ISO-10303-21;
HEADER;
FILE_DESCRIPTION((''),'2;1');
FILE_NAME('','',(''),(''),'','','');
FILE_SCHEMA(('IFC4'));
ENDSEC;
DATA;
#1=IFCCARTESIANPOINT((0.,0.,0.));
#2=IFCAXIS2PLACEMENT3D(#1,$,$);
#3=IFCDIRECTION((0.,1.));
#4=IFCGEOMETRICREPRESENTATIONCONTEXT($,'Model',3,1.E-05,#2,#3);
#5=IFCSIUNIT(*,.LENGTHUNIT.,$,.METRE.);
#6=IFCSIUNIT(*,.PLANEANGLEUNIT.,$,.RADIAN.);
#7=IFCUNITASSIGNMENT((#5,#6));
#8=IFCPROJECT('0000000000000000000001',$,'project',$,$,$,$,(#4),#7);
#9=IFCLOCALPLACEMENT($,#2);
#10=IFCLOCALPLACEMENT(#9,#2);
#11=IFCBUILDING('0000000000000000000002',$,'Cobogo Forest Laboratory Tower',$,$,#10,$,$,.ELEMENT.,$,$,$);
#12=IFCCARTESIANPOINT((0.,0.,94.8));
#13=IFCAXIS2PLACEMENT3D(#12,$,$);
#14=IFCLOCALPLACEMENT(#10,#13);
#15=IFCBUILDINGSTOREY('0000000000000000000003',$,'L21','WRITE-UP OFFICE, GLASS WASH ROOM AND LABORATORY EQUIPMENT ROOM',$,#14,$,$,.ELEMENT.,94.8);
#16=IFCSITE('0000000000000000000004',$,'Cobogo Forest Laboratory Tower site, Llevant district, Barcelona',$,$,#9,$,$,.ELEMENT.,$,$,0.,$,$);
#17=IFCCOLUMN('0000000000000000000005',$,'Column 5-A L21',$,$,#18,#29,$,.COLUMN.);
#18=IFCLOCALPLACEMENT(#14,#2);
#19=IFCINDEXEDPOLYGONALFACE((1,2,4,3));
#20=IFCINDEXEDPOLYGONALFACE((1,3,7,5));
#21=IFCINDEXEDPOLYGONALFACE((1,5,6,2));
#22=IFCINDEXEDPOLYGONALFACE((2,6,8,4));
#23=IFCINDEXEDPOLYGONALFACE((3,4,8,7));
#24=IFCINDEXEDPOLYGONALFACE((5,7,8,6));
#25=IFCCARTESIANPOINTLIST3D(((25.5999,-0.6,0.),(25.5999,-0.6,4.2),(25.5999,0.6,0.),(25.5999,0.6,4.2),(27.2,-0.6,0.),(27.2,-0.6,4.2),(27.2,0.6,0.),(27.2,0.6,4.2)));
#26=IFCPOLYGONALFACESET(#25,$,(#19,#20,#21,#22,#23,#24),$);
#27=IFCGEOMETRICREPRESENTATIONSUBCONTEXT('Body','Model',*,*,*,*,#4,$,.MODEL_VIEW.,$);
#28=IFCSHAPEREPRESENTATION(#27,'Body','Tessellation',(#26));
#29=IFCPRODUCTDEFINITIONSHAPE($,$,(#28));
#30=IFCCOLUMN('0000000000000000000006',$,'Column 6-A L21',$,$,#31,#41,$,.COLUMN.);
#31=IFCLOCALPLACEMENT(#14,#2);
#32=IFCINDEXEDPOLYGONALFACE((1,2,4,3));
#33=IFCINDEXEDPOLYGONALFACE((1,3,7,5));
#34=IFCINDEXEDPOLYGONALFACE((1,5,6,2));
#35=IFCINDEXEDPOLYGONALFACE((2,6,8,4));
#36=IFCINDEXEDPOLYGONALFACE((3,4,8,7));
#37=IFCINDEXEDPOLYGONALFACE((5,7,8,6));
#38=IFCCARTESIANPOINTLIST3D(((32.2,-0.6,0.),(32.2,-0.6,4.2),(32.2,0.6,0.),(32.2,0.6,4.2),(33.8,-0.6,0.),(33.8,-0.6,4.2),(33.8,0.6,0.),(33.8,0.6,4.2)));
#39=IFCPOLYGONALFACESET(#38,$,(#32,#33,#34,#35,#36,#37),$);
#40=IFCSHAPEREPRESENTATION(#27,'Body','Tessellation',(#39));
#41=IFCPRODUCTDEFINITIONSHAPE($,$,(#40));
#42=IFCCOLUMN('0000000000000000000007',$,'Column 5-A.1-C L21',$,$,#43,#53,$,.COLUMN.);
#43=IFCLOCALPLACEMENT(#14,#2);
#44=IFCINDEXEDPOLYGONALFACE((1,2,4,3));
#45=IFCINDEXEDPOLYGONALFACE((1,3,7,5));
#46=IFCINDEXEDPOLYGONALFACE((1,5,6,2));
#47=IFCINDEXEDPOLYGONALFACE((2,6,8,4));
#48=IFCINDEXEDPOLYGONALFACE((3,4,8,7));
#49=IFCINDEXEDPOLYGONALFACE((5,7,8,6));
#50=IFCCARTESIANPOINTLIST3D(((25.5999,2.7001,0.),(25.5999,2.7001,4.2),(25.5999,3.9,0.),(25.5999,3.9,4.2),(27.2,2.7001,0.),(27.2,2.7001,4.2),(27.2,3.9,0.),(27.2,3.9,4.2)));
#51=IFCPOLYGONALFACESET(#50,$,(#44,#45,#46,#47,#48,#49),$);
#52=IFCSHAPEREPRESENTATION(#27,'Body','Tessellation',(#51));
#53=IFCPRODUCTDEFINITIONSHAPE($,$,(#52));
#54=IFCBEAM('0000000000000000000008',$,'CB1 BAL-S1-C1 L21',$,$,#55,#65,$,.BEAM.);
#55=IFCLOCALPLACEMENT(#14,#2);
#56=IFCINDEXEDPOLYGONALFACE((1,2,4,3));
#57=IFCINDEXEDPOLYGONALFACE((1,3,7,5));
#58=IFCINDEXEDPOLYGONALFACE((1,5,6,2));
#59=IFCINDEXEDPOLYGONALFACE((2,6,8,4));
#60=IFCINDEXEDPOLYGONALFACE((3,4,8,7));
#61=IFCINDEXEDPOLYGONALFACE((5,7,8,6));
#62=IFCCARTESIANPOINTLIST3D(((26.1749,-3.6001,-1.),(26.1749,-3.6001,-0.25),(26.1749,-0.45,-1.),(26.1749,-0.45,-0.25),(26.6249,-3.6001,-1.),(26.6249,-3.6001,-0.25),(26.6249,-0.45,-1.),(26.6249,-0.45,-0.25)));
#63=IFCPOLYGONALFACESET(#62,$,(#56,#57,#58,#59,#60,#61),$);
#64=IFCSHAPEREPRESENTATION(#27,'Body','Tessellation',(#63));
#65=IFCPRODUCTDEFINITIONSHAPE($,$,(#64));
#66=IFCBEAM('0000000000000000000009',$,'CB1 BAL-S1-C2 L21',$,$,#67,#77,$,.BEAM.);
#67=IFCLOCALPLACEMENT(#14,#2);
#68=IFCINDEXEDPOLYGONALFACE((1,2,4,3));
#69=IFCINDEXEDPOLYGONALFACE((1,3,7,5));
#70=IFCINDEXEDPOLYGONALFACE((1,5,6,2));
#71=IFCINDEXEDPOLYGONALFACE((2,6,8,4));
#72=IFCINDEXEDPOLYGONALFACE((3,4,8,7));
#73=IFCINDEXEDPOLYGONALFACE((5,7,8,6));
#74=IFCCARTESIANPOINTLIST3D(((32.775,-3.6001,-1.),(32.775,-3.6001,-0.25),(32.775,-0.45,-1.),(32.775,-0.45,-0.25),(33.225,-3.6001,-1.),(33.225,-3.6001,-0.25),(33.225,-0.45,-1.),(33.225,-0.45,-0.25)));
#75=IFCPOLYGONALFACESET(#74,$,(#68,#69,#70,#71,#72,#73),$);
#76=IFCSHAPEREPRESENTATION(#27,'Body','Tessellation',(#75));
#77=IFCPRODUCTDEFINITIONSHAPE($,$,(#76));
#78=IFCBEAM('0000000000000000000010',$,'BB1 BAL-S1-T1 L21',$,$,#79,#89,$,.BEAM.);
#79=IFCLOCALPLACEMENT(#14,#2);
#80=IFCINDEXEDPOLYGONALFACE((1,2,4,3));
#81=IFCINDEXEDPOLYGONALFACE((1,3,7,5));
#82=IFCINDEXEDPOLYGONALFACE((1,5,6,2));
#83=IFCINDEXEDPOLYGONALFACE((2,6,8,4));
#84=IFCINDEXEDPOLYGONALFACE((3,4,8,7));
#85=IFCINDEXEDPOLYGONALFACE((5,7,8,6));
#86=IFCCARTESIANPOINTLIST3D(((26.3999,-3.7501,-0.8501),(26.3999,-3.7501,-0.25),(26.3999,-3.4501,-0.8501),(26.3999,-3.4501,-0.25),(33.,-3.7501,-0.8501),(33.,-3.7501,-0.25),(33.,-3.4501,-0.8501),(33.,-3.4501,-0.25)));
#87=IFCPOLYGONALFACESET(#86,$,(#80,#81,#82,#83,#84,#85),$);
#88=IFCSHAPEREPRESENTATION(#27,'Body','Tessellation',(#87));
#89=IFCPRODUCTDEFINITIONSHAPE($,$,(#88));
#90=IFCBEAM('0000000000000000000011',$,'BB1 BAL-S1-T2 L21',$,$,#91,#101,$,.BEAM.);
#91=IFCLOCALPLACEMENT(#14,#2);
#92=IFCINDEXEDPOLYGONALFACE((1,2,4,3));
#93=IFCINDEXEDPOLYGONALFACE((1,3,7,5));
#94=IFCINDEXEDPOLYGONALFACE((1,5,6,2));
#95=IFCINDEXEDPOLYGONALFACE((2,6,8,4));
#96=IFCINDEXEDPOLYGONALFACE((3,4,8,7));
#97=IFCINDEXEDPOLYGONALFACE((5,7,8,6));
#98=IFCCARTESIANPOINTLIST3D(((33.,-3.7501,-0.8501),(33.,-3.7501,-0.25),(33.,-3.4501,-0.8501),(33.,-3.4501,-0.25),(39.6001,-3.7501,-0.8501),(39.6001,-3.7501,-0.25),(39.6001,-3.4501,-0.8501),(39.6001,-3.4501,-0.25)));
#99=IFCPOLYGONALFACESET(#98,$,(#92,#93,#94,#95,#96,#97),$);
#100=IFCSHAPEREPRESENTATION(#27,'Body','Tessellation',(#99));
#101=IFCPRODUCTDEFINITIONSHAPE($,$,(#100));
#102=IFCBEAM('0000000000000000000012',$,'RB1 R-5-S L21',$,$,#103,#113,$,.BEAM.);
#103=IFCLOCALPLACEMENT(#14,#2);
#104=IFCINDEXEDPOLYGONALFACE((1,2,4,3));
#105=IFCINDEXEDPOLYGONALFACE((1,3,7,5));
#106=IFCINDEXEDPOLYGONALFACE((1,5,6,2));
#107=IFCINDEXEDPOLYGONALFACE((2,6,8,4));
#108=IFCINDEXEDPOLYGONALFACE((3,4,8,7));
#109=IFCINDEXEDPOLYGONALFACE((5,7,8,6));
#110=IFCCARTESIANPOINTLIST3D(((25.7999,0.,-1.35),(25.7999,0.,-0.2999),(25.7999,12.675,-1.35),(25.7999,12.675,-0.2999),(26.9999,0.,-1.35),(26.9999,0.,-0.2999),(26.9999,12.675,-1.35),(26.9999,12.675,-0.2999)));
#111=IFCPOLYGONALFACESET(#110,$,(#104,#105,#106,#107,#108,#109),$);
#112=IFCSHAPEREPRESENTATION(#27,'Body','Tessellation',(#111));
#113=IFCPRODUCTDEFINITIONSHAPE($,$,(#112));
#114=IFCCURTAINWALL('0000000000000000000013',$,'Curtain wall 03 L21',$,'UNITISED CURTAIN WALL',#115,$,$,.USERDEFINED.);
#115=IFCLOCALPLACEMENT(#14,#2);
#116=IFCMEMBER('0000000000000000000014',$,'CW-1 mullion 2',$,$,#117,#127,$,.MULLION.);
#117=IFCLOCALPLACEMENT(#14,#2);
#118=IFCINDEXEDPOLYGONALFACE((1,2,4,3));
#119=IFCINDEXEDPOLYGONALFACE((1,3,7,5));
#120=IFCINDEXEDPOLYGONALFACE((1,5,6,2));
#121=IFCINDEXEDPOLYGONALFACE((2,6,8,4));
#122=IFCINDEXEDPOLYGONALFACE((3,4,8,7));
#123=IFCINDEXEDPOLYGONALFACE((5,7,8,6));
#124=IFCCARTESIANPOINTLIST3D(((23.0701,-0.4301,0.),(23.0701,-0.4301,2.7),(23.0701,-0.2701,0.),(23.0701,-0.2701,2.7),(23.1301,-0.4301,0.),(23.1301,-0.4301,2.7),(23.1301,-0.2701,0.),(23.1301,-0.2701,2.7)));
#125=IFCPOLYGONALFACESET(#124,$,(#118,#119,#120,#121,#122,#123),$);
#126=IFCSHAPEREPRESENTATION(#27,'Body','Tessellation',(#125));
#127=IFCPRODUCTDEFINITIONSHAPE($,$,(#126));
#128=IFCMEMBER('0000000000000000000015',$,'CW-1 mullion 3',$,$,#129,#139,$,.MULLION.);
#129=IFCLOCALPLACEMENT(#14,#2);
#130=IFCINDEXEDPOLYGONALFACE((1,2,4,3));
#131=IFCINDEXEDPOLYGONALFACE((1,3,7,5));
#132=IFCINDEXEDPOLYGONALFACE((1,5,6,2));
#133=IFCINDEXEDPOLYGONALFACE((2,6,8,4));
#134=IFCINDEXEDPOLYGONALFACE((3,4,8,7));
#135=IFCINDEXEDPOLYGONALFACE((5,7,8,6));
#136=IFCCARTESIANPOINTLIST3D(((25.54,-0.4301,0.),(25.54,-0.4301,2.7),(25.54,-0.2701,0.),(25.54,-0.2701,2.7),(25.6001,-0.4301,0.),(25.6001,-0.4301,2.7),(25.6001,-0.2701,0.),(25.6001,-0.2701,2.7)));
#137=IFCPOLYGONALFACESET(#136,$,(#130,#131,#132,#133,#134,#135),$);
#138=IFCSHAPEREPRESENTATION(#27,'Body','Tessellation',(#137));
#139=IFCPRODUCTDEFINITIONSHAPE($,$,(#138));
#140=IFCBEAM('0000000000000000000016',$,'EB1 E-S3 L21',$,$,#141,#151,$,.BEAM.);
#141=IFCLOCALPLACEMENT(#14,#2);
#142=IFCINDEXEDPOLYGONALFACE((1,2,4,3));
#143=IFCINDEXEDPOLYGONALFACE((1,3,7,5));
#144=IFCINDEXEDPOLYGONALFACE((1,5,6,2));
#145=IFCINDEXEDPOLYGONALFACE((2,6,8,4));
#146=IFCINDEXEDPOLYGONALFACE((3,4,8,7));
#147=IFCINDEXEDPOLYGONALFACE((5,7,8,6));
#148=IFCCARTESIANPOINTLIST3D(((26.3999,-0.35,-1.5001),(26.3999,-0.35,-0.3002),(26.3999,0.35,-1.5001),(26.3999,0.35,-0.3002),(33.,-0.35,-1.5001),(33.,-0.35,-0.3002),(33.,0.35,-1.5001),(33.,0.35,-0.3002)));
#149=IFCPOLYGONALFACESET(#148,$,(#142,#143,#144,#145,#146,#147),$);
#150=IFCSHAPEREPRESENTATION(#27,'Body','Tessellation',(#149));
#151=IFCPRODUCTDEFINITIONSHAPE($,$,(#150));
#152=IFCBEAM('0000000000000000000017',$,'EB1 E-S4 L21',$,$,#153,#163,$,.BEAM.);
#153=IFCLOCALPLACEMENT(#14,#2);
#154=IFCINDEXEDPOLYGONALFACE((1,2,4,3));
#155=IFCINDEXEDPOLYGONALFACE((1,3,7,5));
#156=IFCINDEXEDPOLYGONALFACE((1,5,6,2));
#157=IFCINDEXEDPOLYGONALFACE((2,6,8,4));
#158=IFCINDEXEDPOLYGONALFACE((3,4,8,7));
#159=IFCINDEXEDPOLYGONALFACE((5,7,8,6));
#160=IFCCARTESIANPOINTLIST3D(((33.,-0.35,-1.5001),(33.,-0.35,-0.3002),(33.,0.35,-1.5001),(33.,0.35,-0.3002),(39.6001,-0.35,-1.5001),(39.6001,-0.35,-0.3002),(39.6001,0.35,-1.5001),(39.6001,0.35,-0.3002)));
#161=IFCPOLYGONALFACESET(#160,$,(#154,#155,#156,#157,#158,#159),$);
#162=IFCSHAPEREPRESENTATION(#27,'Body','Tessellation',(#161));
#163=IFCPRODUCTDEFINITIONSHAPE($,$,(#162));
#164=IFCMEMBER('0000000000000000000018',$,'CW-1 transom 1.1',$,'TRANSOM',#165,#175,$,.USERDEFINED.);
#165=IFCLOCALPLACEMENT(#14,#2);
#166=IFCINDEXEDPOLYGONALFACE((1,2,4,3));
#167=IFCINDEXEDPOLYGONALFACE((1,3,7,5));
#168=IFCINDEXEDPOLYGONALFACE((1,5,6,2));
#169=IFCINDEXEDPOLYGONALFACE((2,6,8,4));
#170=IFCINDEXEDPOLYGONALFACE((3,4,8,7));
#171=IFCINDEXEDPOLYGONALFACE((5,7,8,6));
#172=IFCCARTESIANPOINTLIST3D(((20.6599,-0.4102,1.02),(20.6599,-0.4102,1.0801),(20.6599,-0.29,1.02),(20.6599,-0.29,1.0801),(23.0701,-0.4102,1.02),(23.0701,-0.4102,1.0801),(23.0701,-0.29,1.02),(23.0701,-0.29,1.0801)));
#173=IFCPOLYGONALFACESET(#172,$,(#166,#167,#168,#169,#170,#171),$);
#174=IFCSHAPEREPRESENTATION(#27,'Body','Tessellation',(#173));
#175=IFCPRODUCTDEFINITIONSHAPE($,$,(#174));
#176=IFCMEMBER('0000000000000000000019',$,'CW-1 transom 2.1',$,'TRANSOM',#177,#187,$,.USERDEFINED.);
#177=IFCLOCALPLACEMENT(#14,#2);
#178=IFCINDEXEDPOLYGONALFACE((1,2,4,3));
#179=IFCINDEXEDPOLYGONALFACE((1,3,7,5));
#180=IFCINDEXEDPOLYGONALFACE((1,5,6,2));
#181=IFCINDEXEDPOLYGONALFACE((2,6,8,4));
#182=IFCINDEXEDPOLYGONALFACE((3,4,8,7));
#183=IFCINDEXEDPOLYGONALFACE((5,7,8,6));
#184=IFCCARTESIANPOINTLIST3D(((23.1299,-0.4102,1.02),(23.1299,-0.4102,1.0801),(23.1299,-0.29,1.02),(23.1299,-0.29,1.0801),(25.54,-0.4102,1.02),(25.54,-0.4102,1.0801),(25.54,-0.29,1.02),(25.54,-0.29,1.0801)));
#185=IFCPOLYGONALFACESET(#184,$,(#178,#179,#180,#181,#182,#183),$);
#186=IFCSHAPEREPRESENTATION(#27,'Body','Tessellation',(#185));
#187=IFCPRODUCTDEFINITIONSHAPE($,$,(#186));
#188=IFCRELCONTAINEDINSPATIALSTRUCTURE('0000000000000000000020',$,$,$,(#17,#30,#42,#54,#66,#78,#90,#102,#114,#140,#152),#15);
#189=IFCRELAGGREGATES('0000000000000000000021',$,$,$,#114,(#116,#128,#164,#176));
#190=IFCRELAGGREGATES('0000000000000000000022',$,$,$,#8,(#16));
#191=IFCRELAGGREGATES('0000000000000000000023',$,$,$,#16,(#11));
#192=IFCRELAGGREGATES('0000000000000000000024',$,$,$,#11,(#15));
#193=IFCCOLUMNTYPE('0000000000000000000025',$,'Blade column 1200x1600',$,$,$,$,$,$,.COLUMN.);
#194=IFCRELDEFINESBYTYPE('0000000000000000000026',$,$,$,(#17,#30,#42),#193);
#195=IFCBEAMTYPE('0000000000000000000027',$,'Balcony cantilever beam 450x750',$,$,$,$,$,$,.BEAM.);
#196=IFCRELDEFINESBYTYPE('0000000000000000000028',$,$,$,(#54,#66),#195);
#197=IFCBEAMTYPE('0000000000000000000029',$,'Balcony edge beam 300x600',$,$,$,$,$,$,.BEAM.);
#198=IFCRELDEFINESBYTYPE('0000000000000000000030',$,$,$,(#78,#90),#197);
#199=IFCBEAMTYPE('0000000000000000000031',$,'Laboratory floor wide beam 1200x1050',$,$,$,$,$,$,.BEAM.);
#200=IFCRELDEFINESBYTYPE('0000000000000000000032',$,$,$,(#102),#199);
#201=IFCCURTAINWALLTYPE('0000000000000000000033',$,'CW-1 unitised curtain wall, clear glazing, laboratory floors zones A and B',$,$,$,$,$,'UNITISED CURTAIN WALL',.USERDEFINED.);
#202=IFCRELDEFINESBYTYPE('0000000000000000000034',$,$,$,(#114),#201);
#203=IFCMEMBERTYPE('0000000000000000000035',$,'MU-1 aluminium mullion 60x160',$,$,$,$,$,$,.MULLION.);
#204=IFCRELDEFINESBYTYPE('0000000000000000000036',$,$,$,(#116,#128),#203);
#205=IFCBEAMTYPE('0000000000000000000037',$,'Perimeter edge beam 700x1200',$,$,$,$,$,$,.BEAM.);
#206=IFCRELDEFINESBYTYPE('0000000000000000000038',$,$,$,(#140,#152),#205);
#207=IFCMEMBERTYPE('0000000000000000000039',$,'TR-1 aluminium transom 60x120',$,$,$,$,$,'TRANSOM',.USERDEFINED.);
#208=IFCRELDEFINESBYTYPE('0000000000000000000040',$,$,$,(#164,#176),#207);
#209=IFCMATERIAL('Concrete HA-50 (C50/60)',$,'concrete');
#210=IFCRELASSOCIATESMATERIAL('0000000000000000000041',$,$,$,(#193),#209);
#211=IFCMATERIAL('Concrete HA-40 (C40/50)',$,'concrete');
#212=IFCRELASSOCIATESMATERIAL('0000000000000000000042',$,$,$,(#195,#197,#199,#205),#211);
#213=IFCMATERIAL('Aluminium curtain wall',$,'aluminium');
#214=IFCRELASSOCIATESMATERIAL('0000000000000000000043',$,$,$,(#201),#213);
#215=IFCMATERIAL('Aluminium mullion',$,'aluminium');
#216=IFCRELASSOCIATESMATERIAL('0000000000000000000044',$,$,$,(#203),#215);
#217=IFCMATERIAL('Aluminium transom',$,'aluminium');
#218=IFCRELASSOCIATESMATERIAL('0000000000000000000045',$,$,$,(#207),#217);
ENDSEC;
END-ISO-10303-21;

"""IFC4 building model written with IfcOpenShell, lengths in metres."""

from ifc_helpers import new_model, si_unit, direction, frame, origin, origin_2d, place, context, subcontext, project, spatial, rectangle, extrude, material, material_profile, profile_set, type_object, element, aggregate, save


model = new_model("IFC4")

# Units and contexts
model_context = context("Model", 3, precision=1e-05, world=origin(), true_north=direction((0.0, 1.0)))
body_context = subcontext(model_context, "Body", "Model", "MODEL_VIEW")
ifc_project = project(units=[si_unit("LENGTHUNIT", "METRE"), si_unit("PLANEANGLEUNIT", "RADIAN")], contexts=[model_context])

# Site, building, storey
site_placement = place(None, origin())
site = spatial("IfcSite", under=ifc_project, at=site_placement, Name="Cobogo Forest Laboratory Tower site, Llevant district, Barcelona", CompositionType="ELEMENT", RefElevation=0.0)
building_placement = place(site_placement, origin())
building = spatial("IfcBuilding", under=site, at=building_placement, Name="Cobogo Forest Laboratory Tower", CompositionType="ELEMENT")
storey_placement = place(building_placement, frame((0.0, 0.0, 94.8)))
storey = spatial("IfcBuildingStorey", under=building, at=storey_placement, Name="L21", Description="WRITE-UP OFFICE, GLASS WASH ROOM AND LABORATORY EQUIPMENT ROOM", CompositionType="ELEMENT", Elevation=94.8)

# Columns
ifc_material_1 = material(Name="Concrete HA-50 (C50/60)", Category="concrete")
ifc_material_profile_1 = material_profile(ifc_material_1, rectangle(XDim=1.6001, YDim=1.2, at=origin_2d()), Name="RC 1200x1600")
ifc_profile_set_1 = profile_set([ifc_material_profile_1], Name="Concrete HA-50 (C50/60)")
column_type = type_object("IfcColumnType", Name="Blade column 1200x1600", PredefinedType="COLUMN", material=ifc_profile_set_1)
for number, where, z_axis, x_axis, name in (
    (1, (26.3999, 0.0, 0.0), (0.0, 0.0, 1.0), (1.0, 0.0, 0.0), "Column 5-A L21"),
    (2, (33.0, 0.0, 0.0), (0.0, 0.0, 1.0), (1.0, 0.0, 0.0), "Column 6-A L21"),
    (3, (26.3999, 3.3, 0.0), (0.0, 0.0, 1.0), (1.0, 0.0, 0.0), "Column 5-A.1-C L21"),
):
    element("IfcColumn", number, at=place(storey_placement, frame(where, z_axis=z_axis, x_axis=x_axis)), inside=storey, type_object=column_type, Name=name, PredefinedType="COLUMN", context=body_context, shape_type="SweptSolid", body=[
        extrude(rectangle(XDim=1.6001, YDim=1.2, at=origin_2d()), origin(), (0.0, 0.0, 1.0), 4.2),
    ])

# Beams
ifc_material_2 = material(Name="Concrete HA-40 (C40/50)", Category="concrete")
ifc_material_profile_2 = material_profile(ifc_material_2, rectangle(XDim=0.45, YDim=0.75, at=origin_2d()), Name="RC 450x750")
ifc_profile_set_2 = profile_set([ifc_material_profile_2], Name="Concrete HA-40 (C40/50)")
beam_type_1 = type_object("IfcBeamType", Name="Balcony cantilever beam 450x750", PredefinedType="BEAM", material=ifc_profile_set_2)
for number, where, z_axis, x_axis, name in (
    (4, (26.3999, -0.45, -0.625), (0.0, -1.0, 0.0), (1.0, 0.0, 0.0), "CB1 BAL-S1-C1 L21"),
    (5, (33.0, -0.45, -0.625), (0.0, -1.0, 0.0), (1.0, 0.0, 0.0), "CB1 BAL-S1-C2 L21"),
):
    element("IfcBeam", number, at=place(storey_placement, frame(where, z_axis=z_axis, x_axis=x_axis)), inside=storey, type_object=beam_type_1, Name=name, PredefinedType="BEAM", context=body_context, shape_type="SweptSolid", body=[
        extrude(rectangle(XDim=0.45, YDim=0.75, at=origin_2d()), origin(), (0.0, 0.0, 1.0), 3.1501),
    ])
ifc_material_profile_3 = material_profile(ifc_material_2, rectangle(XDim=0.3, YDim=0.6001, at=origin_2d()), Name="RC 300x600")
ifc_profile_set_3 = profile_set([ifc_material_profile_3], Name="Concrete HA-40 (C40/50)")
beam_type_2 = type_object("IfcBeamType", Name="Balcony edge beam 300x600", PredefinedType="BEAM", material=ifc_profile_set_3)
for number, where, z_axis, x_axis, name in (
    (6, (26.3999, -3.6001, -0.55), (1.0, 0.0, 0.0), (0.0, 1.0, 0.0), "BB1 BAL-S1-T1 L21"),
    (7, (33.0, -3.6001, -0.55), (1.0, 0.0, 0.0), (0.0, 1.0, 0.0), "BB1 BAL-S1-T2 L21"),
):
    element("IfcBeam", number, at=place(storey_placement, frame(where, z_axis=z_axis, x_axis=x_axis)), inside=storey, type_object=beam_type_2, Name=name, PredefinedType="BEAM", context=body_context, shape_type="SweptSolid", body=[
        extrude(rectangle(XDim=0.3, YDim=0.6001, at=origin_2d()), origin(), (0.0, 0.0, 1.0), 6.6001),
    ])
ifc_material_profile_4 = material_profile(ifc_material_2, rectangle(XDim=1.2, YDim=1.05, at=origin_2d()), Name="RC 1200x1050")
ifc_profile_set_4 = profile_set([ifc_material_profile_4], Name="Concrete HA-40 (C40/50)")
beam_type_3 = type_object("IfcBeamType", Name="Laboratory floor wide beam 1200x1050", PredefinedType="BEAM", material=ifc_profile_set_4)
beam_placement = place(storey_placement, frame((26.3999, 12.675, -0.825), z_axis=(0.0, -1.0, 0.0), x_axis=(1.0, 0.0, 0.0)))
element("IfcBeam", 8, at=beam_placement, inside=storey, type_object=beam_type_3, Name="RB1 R-5-S L21", PredefinedType="BEAM", context=body_context, shape_type="SweptSolid", body=[
    extrude(rectangle(XDim=1.2, YDim=1.05, at=origin_2d()), origin(), (0.0, 0.0, 1.0), 12.675),
])

# Curtain wall, members
ifc_material_3 = material(Name="Aluminium curtain wall", Category="aluminium")
curtain_wall_type = type_object("IfcCurtainWallType", Name="CW-1 unitised curtain wall, clear glazing, laboratory floors zones A and B", ElementType="UNITISED CURTAIN WALL", PredefinedType="USERDEFINED", material=ifc_material_3)
curtain_wall_placement = place(storey_placement, origin())
curtain_wall = element("IfcCurtainWall", 9, at=curtain_wall_placement, inside=storey, type_object=curtain_wall_type, Name="Curtain wall 03 L21", ObjectType="UNITISED CURTAIN WALL", PredefinedType="USERDEFINED")
ifc_material_4 = material(Name="Aluminium mullion", Category="aluminium")
ifc_material_profile_5 = material_profile(ifc_material_4, rectangle(XDim=0.0601, YDim=0.1599, at=origin_2d()), Name="AL 60x160")
ifc_profile_set_5 = profile_set([ifc_material_profile_5], Name="Aluminium mullion")
member_type_1 = type_object("IfcMemberType", Name="MU-1 aluminium mullion 60x160", PredefinedType="MULLION", material=ifc_profile_set_5)
member_1_placement = place(storey_placement, frame((23.1001, -0.3501, 0.0), z_axis=(0.0, 0.0, 1.0), x_axis=(1.0, 0.0, 0.0)))
member_1 = element("IfcMember", 10, at=member_1_placement, type_object=member_type_1, Name="CW-1 mullion 2", PredefinedType="MULLION", context=body_context, shape_type="SweptSolid", body=[
    extrude(rectangle(XDim=0.0601, YDim=0.1599, at=origin_2d()), origin(), (0.0, 0.0, 1.0), 2.7),
])
member_2_placement = place(storey_placement, frame((25.5701, -0.3501, 0.0), z_axis=(0.0, 0.0, 1.0), x_axis=(1.0, 0.0, 0.0)))
member_2 = element("IfcMember", 11, at=member_2_placement, type_object=member_type_1, Name="CW-1 mullion 3", PredefinedType="MULLION", context=body_context, shape_type="SweptSolid", body=[
    extrude(rectangle(XDim=0.0601, YDim=0.1599, at=origin_2d()), origin(), (0.0, 0.0, 1.0), 2.7),
])

# Beams
ifc_material_profile_6 = material_profile(ifc_material_2, rectangle(XDim=0.7, YDim=1.2, at=origin_2d()), Name="RC 700x1200")
ifc_profile_set_6 = profile_set([ifc_material_profile_6], Name="Concrete HA-40 (C40/50)")
beam_type_4 = type_object("IfcBeamType", Name="Perimeter edge beam 700x1200", PredefinedType="BEAM", material=ifc_profile_set_6)
for number, where, z_axis, x_axis, name in (
    (12, (26.3999, 0.0, -0.9001), (1.0, 0.0, 0.0), (0.0, 1.0, 0.0), "EB1 E-S3 L21"),
    (13, (33.0, 0.0, -0.9001), (1.0, 0.0, 0.0), (0.0, 1.0, 0.0), "EB1 E-S4 L21"),
):
    element("IfcBeam", number, at=place(storey_placement, frame(where, z_axis=z_axis, x_axis=x_axis)), inside=storey, type_object=beam_type_4, Name=name, PredefinedType="BEAM", context=body_context, shape_type="SweptSolid", body=[
        extrude(rectangle(XDim=0.7, YDim=1.2, at=origin_2d()), origin(), (0.0, 0.0, 1.0), 6.6001),
    ])

# Members
ifc_material_5 = material(Name="Aluminium transom", Category="aluminium")
ifc_material_profile_7 = material_profile(ifc_material_5, rectangle(XDim=0.1201, YDim=0.0601, at=origin_2d()), Name="AL 60x120")
ifc_profile_set_7 = profile_set([ifc_material_profile_7], Name="Aluminium transom")
member_type_2 = type_object("IfcMemberType", Name="TR-1 aluminium transom 60x120", ElementType="TRANSOM", PredefinedType="USERDEFINED", material=ifc_profile_set_7)
member_3_placement = place(storey_placement, frame((20.6599, -0.3501, 1.05), z_axis=(1.0, 0.0, 0.0), x_axis=(0.0, 1.0, 0.0)))
member_3 = element("IfcMember", 14, at=member_3_placement, type_object=member_type_2, Name="CW-1 transom 1.1", ObjectType="TRANSOM", PredefinedType="USERDEFINED", context=body_context, shape_type="SweptSolid", body=[
    extrude(rectangle(XDim=0.1201, YDim=0.0601, at=origin_2d()), origin(), (0.0, 0.0, 1.0), 2.4102),
])
member_4_placement = place(storey_placement, frame((23.1299, -0.3501, 1.05), z_axis=(1.0, 0.0, 0.0), x_axis=(0.0, 1.0, 0.0)))
member_4 = element("IfcMember", 15, at=member_4_placement, type_object=member_type_2, Name="CW-1 transom 2.1", ObjectType="TRANSOM", PredefinedType="USERDEFINED", context=body_context, shape_type="SweptSolid", body=[
    extrude(rectangle(XDim=0.1201, YDim=0.0601, at=origin_2d()), origin(), (0.0, 0.0, 1.0), 2.4102),
])

aggregate(curtain_wall, [member_1, member_2, member_3, member_4])

save(model, "model.ifc")
